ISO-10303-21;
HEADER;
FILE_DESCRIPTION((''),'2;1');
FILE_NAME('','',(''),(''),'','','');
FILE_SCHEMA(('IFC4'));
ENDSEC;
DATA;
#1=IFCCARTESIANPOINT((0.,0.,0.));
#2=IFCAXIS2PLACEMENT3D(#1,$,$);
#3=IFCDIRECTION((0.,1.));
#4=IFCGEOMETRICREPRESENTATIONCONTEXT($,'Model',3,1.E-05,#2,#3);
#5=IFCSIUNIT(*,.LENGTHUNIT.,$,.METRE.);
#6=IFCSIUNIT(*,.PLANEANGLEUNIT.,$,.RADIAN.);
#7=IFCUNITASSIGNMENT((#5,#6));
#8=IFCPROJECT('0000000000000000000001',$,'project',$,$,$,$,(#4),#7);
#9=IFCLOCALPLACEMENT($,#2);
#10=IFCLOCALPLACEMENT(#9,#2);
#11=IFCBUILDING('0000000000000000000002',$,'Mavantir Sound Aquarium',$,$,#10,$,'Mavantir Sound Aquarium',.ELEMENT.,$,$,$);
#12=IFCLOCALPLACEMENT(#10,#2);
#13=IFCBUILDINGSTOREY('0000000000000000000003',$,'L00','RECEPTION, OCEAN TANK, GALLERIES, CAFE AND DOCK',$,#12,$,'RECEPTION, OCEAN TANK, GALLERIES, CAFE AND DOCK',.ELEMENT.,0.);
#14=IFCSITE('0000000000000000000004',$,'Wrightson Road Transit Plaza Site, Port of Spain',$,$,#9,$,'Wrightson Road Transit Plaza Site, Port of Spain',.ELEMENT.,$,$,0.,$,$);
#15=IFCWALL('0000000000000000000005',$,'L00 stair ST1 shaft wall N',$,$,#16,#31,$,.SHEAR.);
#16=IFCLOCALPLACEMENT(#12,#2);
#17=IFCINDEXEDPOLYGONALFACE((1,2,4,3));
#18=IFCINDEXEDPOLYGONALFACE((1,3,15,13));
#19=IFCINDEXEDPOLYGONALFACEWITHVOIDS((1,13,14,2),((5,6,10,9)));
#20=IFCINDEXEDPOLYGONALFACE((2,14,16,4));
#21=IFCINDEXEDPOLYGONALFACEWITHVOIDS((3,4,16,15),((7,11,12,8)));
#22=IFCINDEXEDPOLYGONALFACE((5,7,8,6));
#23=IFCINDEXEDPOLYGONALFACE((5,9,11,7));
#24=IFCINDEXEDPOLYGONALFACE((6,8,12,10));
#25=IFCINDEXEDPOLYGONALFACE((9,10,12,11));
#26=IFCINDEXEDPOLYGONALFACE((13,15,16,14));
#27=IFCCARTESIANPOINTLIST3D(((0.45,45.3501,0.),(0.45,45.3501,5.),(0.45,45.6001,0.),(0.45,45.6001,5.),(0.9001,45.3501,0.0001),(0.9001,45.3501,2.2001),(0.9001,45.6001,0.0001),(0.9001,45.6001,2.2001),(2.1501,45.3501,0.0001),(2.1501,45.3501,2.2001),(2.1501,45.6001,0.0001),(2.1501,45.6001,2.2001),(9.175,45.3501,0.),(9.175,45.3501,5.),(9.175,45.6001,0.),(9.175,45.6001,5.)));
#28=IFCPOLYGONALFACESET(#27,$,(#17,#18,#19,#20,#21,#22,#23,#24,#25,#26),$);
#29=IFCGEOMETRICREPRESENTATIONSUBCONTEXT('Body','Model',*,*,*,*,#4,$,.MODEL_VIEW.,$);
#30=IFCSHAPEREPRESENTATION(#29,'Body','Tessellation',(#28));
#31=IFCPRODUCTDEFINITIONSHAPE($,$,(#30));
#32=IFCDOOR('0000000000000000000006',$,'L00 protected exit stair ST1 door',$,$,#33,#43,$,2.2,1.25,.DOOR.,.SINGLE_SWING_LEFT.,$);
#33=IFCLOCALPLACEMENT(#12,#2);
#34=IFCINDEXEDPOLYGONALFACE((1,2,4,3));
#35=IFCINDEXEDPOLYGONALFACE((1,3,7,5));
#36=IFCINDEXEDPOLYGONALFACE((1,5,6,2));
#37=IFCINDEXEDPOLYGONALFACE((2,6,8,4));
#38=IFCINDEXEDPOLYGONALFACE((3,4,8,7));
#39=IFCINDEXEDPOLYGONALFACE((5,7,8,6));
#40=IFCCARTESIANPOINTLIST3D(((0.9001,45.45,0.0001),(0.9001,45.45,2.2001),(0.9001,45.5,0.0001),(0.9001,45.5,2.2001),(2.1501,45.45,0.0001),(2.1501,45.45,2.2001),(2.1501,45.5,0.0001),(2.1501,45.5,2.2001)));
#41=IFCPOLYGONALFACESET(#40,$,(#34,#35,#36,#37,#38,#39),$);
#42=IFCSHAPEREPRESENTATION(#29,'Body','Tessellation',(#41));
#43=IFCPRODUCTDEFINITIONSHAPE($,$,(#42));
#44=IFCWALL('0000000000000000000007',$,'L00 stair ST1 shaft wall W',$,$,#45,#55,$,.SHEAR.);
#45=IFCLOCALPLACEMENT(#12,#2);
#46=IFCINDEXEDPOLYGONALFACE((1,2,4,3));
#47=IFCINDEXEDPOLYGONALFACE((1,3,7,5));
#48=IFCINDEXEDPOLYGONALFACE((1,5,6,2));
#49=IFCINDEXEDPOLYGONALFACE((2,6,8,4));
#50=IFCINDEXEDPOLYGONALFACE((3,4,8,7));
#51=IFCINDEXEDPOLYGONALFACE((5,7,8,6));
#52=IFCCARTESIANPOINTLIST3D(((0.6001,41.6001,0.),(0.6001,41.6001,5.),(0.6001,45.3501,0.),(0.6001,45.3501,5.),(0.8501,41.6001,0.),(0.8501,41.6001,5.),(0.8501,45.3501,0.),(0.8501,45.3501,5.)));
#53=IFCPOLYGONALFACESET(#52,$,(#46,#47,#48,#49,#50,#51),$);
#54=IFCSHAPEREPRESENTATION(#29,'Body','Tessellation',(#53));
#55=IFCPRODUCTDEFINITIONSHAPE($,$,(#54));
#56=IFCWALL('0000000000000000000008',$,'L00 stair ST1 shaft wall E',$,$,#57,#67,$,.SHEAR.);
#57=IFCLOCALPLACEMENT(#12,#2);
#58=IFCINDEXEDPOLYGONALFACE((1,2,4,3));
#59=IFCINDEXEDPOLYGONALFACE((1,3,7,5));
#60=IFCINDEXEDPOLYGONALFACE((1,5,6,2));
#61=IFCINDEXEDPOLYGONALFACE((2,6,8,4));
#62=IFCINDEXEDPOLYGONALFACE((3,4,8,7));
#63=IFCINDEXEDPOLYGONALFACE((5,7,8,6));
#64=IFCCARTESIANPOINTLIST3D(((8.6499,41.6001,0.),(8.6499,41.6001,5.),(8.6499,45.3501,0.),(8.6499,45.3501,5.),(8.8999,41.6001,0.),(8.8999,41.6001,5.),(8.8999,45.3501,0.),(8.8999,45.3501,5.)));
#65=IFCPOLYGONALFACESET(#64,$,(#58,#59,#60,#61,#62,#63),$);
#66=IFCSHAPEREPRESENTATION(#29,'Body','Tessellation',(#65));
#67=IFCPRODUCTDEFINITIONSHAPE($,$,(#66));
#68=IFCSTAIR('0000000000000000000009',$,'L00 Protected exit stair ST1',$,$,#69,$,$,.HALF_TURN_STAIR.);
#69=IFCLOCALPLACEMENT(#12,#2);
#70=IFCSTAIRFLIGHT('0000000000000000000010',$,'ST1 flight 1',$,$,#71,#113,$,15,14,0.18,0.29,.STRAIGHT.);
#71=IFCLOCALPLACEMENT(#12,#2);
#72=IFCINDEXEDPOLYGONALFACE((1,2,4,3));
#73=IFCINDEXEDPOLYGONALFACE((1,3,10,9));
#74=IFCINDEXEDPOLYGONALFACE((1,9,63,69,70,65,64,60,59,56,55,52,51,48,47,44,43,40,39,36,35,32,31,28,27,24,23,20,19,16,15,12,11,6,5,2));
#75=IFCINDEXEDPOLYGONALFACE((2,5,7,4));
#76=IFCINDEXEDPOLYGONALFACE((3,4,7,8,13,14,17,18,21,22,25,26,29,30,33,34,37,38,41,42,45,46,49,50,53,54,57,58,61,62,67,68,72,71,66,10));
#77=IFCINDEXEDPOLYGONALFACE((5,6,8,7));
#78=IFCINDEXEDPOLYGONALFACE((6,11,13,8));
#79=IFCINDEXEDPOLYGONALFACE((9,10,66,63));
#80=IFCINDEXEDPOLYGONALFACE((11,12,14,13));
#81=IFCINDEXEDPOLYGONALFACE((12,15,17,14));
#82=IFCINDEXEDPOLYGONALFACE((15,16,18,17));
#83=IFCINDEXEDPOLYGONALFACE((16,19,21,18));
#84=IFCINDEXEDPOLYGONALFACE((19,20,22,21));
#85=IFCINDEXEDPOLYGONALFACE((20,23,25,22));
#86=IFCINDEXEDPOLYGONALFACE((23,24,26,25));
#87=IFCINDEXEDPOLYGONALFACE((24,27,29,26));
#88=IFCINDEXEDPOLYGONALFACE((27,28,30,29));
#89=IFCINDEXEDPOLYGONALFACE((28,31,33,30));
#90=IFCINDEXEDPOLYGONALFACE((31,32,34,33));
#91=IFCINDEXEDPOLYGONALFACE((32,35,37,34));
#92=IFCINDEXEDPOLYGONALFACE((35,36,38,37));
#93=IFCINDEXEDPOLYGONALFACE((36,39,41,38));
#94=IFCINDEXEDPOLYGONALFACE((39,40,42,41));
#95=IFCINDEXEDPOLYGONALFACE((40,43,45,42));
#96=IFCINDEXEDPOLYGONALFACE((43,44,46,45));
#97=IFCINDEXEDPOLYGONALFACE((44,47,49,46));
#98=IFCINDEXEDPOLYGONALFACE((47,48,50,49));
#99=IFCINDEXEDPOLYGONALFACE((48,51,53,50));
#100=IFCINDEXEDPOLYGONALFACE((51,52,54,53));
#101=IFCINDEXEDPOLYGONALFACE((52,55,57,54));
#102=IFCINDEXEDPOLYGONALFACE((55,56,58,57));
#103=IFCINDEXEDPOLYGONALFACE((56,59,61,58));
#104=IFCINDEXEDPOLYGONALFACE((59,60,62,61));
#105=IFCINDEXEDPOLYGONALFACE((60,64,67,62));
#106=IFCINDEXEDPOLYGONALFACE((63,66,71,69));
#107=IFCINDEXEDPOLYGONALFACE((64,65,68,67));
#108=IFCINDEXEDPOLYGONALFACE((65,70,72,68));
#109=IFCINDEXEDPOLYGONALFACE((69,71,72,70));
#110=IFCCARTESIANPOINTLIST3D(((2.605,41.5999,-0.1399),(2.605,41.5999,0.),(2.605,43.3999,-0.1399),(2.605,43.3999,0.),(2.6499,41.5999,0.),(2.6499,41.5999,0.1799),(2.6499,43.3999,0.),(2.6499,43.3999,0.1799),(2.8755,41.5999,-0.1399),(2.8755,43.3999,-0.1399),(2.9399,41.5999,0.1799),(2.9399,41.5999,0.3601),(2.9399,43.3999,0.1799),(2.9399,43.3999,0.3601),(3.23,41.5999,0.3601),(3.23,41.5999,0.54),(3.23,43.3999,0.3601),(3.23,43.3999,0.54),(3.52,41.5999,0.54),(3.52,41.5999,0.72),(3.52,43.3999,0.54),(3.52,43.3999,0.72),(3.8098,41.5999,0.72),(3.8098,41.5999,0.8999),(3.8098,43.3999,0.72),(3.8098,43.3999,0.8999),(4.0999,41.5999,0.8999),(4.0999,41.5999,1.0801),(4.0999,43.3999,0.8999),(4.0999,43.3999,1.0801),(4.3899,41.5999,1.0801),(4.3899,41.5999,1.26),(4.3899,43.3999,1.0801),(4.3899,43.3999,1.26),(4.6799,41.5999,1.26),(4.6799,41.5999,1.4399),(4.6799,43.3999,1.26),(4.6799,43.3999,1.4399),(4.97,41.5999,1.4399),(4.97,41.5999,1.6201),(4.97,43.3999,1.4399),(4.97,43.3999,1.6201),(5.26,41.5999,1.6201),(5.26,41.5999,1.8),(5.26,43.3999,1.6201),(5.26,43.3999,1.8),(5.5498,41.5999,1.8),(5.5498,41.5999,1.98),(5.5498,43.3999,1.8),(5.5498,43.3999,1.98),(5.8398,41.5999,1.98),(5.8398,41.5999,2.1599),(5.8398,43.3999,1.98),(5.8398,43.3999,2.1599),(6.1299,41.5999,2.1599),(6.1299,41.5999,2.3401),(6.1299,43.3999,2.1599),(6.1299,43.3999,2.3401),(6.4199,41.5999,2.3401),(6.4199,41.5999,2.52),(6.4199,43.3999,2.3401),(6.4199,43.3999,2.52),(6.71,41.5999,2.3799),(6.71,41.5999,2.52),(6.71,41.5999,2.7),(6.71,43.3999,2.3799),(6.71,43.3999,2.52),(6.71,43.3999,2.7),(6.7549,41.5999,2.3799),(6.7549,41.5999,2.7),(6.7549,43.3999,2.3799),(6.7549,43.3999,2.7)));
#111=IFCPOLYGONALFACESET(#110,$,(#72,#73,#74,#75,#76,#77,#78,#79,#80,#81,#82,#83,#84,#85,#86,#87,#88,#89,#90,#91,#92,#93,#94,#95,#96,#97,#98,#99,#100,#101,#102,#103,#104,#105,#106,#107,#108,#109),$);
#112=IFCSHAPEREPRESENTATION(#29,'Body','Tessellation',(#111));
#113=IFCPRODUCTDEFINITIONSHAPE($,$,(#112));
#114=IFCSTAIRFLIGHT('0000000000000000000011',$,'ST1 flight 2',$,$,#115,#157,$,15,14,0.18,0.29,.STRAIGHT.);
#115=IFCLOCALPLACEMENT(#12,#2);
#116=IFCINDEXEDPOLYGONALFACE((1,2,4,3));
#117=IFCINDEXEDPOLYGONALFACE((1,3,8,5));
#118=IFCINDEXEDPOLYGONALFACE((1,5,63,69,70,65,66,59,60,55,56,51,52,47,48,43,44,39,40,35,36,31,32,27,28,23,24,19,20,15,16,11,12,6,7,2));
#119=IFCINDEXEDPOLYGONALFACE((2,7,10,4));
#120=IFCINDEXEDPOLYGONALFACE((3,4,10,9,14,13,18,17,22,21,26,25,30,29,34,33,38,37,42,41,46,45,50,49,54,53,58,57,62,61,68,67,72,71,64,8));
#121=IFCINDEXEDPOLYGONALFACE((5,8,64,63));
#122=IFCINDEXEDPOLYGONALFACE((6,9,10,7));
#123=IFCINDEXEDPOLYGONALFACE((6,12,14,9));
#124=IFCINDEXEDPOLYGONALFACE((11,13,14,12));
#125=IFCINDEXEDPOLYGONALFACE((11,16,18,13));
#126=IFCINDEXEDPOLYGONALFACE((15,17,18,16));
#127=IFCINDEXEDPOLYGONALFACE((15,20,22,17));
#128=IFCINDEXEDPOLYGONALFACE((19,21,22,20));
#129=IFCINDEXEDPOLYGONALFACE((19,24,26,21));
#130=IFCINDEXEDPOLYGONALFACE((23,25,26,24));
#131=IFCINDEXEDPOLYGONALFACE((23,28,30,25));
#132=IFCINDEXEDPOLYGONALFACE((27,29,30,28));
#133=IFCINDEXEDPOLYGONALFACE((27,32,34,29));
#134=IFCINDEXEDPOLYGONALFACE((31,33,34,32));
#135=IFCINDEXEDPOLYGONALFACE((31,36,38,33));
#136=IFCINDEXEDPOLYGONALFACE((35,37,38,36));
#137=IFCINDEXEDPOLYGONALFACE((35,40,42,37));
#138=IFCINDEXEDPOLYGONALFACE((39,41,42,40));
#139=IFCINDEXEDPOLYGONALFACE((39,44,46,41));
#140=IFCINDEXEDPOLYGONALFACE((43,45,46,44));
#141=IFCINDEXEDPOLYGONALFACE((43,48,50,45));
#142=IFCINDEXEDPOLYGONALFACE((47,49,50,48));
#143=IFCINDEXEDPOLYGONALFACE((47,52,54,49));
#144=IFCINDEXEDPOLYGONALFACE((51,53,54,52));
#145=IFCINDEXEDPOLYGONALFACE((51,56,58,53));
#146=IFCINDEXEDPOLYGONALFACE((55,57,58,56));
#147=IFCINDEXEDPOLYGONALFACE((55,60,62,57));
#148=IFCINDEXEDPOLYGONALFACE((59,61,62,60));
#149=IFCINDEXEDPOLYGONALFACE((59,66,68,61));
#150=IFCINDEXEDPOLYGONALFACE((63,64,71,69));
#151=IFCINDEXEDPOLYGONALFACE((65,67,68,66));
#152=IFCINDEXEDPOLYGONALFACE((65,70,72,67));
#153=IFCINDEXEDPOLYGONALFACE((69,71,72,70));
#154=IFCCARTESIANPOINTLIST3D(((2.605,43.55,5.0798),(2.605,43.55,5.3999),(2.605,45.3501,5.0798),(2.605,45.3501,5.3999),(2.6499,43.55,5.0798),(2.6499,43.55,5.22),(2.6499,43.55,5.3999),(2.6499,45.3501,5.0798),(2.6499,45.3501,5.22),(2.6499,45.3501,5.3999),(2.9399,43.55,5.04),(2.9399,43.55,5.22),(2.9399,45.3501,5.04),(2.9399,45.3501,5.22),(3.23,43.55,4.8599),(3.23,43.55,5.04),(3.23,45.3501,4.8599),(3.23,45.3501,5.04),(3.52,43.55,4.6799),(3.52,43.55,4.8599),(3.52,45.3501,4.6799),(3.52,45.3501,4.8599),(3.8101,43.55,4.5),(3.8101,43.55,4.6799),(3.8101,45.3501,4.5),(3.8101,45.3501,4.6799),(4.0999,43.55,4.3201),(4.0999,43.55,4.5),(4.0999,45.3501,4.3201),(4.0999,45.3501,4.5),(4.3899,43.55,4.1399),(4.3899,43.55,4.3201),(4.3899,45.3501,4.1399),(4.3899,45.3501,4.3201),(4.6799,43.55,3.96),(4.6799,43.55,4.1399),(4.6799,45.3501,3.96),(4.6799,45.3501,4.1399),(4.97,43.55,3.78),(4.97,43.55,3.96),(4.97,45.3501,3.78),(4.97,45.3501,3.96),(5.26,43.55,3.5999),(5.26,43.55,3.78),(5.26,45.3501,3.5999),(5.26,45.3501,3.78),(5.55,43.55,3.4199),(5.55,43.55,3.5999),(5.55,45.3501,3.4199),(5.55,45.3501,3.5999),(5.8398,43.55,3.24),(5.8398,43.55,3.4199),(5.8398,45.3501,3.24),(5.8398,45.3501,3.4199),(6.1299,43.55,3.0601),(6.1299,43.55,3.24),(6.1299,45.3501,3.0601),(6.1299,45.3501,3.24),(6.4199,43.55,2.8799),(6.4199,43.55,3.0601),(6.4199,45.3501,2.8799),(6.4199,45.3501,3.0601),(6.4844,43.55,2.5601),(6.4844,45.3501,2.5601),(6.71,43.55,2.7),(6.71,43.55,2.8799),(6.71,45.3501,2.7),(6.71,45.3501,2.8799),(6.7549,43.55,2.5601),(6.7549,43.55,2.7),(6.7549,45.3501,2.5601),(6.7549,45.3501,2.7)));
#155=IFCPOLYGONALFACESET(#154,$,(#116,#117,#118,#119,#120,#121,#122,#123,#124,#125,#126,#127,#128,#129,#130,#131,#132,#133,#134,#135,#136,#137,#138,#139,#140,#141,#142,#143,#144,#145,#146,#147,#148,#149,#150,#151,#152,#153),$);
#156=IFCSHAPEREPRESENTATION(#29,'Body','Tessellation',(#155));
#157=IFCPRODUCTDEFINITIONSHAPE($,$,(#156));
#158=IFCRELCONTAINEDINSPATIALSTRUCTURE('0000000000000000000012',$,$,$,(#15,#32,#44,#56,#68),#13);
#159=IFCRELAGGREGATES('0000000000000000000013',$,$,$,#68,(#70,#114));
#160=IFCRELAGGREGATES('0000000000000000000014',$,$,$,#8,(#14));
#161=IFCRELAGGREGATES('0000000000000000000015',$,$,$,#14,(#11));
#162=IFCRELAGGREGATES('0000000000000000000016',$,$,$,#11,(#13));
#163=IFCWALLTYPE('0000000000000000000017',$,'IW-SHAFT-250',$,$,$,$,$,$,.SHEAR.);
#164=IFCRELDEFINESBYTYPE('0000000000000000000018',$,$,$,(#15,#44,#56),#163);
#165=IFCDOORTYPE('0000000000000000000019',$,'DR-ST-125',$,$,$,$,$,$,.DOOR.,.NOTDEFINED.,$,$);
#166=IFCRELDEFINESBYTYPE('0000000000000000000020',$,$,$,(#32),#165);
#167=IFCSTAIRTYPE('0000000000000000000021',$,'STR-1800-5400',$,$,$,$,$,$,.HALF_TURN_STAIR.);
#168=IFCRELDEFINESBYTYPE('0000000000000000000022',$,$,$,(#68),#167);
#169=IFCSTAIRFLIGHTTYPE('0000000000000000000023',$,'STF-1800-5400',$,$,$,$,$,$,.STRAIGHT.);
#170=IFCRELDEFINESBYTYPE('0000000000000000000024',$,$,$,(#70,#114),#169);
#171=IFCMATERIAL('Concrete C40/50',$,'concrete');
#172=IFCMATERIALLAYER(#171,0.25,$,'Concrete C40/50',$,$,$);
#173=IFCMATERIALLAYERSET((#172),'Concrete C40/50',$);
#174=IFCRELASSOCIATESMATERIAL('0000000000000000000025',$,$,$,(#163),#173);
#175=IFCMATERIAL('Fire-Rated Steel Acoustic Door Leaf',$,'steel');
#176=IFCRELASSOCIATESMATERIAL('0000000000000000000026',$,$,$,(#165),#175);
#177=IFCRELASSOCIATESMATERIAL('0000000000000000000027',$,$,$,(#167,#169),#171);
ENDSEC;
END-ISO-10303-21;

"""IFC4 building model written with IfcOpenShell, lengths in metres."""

from ifc_helpers import new_model, si_unit, direction, frame, frame_2d, origin, place, context, subcontext, project, spatial, polyline, rectangle, outline, extrude, material, layer, layer_set, type_object, element, fill, aggregate, save


model = new_model("IFC4")

# Units and contexts
model_context = context("Model", 3, precision=1e-05, world=origin(), true_north=direction((0.0, 1.0)))
body_context = subcontext(model_context, "Body", "Model", "MODEL_VIEW")
ifc_project = project(units=[si_unit("LENGTHUNIT", "METRE"), si_unit("PLANEANGLEUNIT", "RADIAN")], contexts=[model_context])

# Site, building, storey
site_placement = place(None, origin())
site = spatial("IfcSite", under=ifc_project, at=site_placement, Name="Wrightson Road Transit Plaza Site, Port of Spain", LongName="Wrightson Road Transit Plaza Site, Port of Spain", CompositionType="ELEMENT", RefElevation=0.0)
building_placement = place(site_placement, origin())
building = spatial("IfcBuilding", under=site, at=building_placement, Name="Mavantir Sound Aquarium", LongName="Mavantir Sound Aquarium", CompositionType="ELEMENT")
storey_placement = place(building_placement, origin())
storey = spatial("IfcBuildingStorey", under=building, at=storey_placement, Name="L00", Description="RECEPTION, OCEAN TANK, GALLERIES, CAFE AND DOCK", LongName="RECEPTION, OCEAN TANK, GALLERIES, CAFE AND DOCK", CompositionType="ELEMENT", Elevation=0.0)

# Shared definitions
ifc_material_1 = material(Name="Concrete C40/50", Category="concrete")

# Shared definitions
ifc_layer_1 = layer(ifc_material_1, 0.25, Name="Concrete C40/50")
ifc_layer_set_1 = layer_set([ifc_layer_1], Name="Concrete C40/50")
wall_type_1 = type_object("IfcWallType", Name="IW-SHAFT-250", PredefinedType="SHEAR", material=ifc_layer_set_1)

# Wall, opening, door
wall_1_placement = place(storey_placement, frame((9.175, 45.4751, 0.0), z_axis=(0.0, 0.0, 1.0), x_axis=(-1.0, 0.0, 0.0)))
wall_1 = element("IfcWall", 1, at=wall_1_placement, inside=storey, type_object=wall_type_1, Name="L00 stair ST1 shaft wall N", PredefinedType="SHEAR", context=body_context, shape_type="SweptSolid", body=[
    extrude(rectangle(XDim=8.7251, YDim=0.25, at=frame_2d((4.3625, 0.0))), origin(), (0.0, 0.0, 1.0), 5.0),
])
opening_placement = place(wall_1_placement, frame((8.2749, 0.0, 0.0), z_axis=(0.0, 0.0, 1.0), x_axis=(-1.0, 0.0, 0.0)))
opening = element("IfcOpeningElement", 2, at=opening_placement, cuts=wall_1, PredefinedType="OPENING", context=body_context, shape_type="SweptSolid", body=[
    extrude(rectangle(XDim=1.25, YDim=2.2, at=frame_2d((0.625, 1.1001))), frame((0.0, 0.135, 0.0), z_axis=(0.0, -1.0, 0.0), x_axis=(1.0, 0.0, 0.0)), (0.0, 0.0, 1.0), 0.27),
])
ifc_material_2 = material(Name="Fire-Rated Steel Acoustic Door Leaf", Category="steel")
door_type = type_object("IfcDoorType", Name="DR-ST-125", OperationType="NOTDEFINED", PredefinedType="DOOR", material=ifc_material_2)
door_placement = place(opening_placement, origin())
door = element("IfcDoor", 3, at=door_placement, inside=storey, type_object=door_type, Name="L00 protected exit stair ST1 door", OperationType="SINGLE_SWING_LEFT", OverallHeight=2.2, OverallWidth=1.25, PredefinedType="DOOR", context=body_context, shape_type="SweptSolid", body=[
    extrude(rectangle(XDim=1.25, YDim=2.2, at=frame_2d((0.625, 1.1001))), frame((0.0, 0.0249, 0.0), z_axis=(0.0, -1.0, 0.0), x_axis=(1.0, 0.0, 0.0)), (0.0, 0.0, 1.0), 0.05),
])
fill(opening, door)

# Walls
for number, where, z_axis, x_axis, name in (
    (4, (0.7251, 45.3501, 0.0), (0.0, 0.0, 1.0), (0.0, -1.0, 0.0), "L00 stair ST1 shaft wall W"),
    (5, (8.7749, 41.6001, 0.0), (0.0, 0.0, 1.0), (0.0, 1.0, 0.0), "L00 stair ST1 shaft wall E"),
):
    element("IfcWall", number, at=place(storey_placement, frame(where, z_axis=z_axis, x_axis=x_axis)), inside=storey, type_object=wall_type_1, Name=name, PredefinedType="SHEAR", context=body_context, shape_type="SweptSolid", body=[
        extrude(rectangle(XDim=3.75, YDim=0.25, at=frame_2d((1.875, 0.0))), origin(), (0.0, 0.0, 1.0), 5.0),
    ])

# Stair, stair flights
stair_type = type_object("IfcStairType", Name="STR-1800-5400", PredefinedType="HALF_TURN_STAIR", material=ifc_material_1)
stair_placement = place(storey_placement, origin())
stair = element("IfcStair", 6, at=stair_placement, inside=storey, type_object=stair_type, Name="L00 Protected exit stair ST1", PredefinedType="HALF_TURN_STAIR")
stair_flight_type = type_object("IfcStairFlightType", Name="STF-1800-5400", PredefinedType="STRAIGHT", material=ifc_material_1)
stair_flight_1_placement = place(storey_placement, frame((2.6499, 42.5, 0.0), z_axis=(0.0, 0.0, 1.0), x_axis=(1.0, 0.0, 0.0)))
stair_flight_1 = element("IfcStairFlight", 7, at=stair_flight_1_placement, type_object=stair_flight_type, Name="ST1 flight 1", NumberOfRisers=15, NumberOfTreads=14, PredefinedType="STRAIGHT", RiserHeight=0.18, TreadLength=0.29, context=body_context, shape_type="SweptSolid", body=[
    extrude(outline(polyline([(-0.0449, -0.1399), (-0.0449, 0.0), (0.0, 0.0), (0.0, 0.1799), (0.29, 0.1799), (0.29, 0.3601), (0.5801, 0.3601), (0.5801, 0.54), (0.8701, 0.54), (0.8701, 0.72), (1.1599, 0.72), (1.1599, 0.8999), (1.45, 0.8999), (1.45, 1.0801), (1.74, 1.0801), (1.74, 1.26), (2.03, 1.26), (2.03, 1.4399), (2.3201, 1.4399), (2.3201, 1.6201), (2.6101, 1.6201), (2.6101, 1.8), (2.8999, 1.8), (2.8999, 1.98), (3.1899, 1.98), (3.1899, 2.1599), (3.48, 2.1599), (3.48, 2.3401), (3.77, 2.3401), (3.77, 2.52), (4.0601, 2.52), (4.0601, 2.7), (4.105, 2.7), (4.105, 2.3799), (4.0601, 2.3799), (0.2256, -0.1399), (-0.0449, -0.1399)])), frame((0.0, 0.8999, 0.0), z_axis=(0.0, -1.0, 0.0), x_axis=(1.0, 0.0, 0.0)), (0.0, 0.0, 1.0), 1.8),
])
stair_flight_2_placement = place(storey_placement, frame((6.71, 44.45, 2.7), z_axis=(0.0, 0.0, 1.0), x_axis=(-1.0, 0.0, 0.0)))
stair_flight_2 = element("IfcStairFlight", 8, at=stair_flight_2_placement, type_object=stair_flight_type, Name="ST1 flight 2", NumberOfRisers=15, NumberOfTreads=14, PredefinedType="STRAIGHT", RiserHeight=0.18, TreadLength=0.29, context=body_context, shape_type="SweptSolid", body=[
    extrude(outline(polyline([(-0.0449, -0.1399), (-0.0449, 0.0), (0.0, 0.0), (0.0, 0.1799), (0.29, 0.1799), (0.29, 0.3601), (0.5801, 0.3601), (0.5801, 0.54), (0.8701, 0.54), (0.8701, 0.72), (1.1599, 0.72), (1.1599, 0.8999), (1.45, 0.8999), (1.45, 1.0801), (1.74, 1.0801), (1.74, 1.26), (2.03, 1.26), (2.03, 1.4399), (2.3201, 1.4399), (2.3201, 1.6201), (2.6101, 1.6201), (2.6101, 1.8), (2.8999, 1.8), (2.8999, 1.98), (3.1899, 1.98), (3.1899, 2.1599), (3.48, 2.1599), (3.48, 2.3401), (3.77, 2.3401), (3.77, 2.52), (4.0601, 2.52), (4.0601, 2.7), (4.105, 2.7), (4.105, 2.3799), (4.0601, 2.3799), (0.2256, -0.1399), (-0.0449, -0.1399)])), frame((0.0, 0.8999, 0.0), z_axis=(0.0, -1.0, 0.0), x_axis=(1.0, 0.0, 0.0)), (0.0, 0.0, 1.0), 1.8),
])
aggregate(stair, [stair_flight_1, stair_flight_2])

save(model, "model.ifc")
